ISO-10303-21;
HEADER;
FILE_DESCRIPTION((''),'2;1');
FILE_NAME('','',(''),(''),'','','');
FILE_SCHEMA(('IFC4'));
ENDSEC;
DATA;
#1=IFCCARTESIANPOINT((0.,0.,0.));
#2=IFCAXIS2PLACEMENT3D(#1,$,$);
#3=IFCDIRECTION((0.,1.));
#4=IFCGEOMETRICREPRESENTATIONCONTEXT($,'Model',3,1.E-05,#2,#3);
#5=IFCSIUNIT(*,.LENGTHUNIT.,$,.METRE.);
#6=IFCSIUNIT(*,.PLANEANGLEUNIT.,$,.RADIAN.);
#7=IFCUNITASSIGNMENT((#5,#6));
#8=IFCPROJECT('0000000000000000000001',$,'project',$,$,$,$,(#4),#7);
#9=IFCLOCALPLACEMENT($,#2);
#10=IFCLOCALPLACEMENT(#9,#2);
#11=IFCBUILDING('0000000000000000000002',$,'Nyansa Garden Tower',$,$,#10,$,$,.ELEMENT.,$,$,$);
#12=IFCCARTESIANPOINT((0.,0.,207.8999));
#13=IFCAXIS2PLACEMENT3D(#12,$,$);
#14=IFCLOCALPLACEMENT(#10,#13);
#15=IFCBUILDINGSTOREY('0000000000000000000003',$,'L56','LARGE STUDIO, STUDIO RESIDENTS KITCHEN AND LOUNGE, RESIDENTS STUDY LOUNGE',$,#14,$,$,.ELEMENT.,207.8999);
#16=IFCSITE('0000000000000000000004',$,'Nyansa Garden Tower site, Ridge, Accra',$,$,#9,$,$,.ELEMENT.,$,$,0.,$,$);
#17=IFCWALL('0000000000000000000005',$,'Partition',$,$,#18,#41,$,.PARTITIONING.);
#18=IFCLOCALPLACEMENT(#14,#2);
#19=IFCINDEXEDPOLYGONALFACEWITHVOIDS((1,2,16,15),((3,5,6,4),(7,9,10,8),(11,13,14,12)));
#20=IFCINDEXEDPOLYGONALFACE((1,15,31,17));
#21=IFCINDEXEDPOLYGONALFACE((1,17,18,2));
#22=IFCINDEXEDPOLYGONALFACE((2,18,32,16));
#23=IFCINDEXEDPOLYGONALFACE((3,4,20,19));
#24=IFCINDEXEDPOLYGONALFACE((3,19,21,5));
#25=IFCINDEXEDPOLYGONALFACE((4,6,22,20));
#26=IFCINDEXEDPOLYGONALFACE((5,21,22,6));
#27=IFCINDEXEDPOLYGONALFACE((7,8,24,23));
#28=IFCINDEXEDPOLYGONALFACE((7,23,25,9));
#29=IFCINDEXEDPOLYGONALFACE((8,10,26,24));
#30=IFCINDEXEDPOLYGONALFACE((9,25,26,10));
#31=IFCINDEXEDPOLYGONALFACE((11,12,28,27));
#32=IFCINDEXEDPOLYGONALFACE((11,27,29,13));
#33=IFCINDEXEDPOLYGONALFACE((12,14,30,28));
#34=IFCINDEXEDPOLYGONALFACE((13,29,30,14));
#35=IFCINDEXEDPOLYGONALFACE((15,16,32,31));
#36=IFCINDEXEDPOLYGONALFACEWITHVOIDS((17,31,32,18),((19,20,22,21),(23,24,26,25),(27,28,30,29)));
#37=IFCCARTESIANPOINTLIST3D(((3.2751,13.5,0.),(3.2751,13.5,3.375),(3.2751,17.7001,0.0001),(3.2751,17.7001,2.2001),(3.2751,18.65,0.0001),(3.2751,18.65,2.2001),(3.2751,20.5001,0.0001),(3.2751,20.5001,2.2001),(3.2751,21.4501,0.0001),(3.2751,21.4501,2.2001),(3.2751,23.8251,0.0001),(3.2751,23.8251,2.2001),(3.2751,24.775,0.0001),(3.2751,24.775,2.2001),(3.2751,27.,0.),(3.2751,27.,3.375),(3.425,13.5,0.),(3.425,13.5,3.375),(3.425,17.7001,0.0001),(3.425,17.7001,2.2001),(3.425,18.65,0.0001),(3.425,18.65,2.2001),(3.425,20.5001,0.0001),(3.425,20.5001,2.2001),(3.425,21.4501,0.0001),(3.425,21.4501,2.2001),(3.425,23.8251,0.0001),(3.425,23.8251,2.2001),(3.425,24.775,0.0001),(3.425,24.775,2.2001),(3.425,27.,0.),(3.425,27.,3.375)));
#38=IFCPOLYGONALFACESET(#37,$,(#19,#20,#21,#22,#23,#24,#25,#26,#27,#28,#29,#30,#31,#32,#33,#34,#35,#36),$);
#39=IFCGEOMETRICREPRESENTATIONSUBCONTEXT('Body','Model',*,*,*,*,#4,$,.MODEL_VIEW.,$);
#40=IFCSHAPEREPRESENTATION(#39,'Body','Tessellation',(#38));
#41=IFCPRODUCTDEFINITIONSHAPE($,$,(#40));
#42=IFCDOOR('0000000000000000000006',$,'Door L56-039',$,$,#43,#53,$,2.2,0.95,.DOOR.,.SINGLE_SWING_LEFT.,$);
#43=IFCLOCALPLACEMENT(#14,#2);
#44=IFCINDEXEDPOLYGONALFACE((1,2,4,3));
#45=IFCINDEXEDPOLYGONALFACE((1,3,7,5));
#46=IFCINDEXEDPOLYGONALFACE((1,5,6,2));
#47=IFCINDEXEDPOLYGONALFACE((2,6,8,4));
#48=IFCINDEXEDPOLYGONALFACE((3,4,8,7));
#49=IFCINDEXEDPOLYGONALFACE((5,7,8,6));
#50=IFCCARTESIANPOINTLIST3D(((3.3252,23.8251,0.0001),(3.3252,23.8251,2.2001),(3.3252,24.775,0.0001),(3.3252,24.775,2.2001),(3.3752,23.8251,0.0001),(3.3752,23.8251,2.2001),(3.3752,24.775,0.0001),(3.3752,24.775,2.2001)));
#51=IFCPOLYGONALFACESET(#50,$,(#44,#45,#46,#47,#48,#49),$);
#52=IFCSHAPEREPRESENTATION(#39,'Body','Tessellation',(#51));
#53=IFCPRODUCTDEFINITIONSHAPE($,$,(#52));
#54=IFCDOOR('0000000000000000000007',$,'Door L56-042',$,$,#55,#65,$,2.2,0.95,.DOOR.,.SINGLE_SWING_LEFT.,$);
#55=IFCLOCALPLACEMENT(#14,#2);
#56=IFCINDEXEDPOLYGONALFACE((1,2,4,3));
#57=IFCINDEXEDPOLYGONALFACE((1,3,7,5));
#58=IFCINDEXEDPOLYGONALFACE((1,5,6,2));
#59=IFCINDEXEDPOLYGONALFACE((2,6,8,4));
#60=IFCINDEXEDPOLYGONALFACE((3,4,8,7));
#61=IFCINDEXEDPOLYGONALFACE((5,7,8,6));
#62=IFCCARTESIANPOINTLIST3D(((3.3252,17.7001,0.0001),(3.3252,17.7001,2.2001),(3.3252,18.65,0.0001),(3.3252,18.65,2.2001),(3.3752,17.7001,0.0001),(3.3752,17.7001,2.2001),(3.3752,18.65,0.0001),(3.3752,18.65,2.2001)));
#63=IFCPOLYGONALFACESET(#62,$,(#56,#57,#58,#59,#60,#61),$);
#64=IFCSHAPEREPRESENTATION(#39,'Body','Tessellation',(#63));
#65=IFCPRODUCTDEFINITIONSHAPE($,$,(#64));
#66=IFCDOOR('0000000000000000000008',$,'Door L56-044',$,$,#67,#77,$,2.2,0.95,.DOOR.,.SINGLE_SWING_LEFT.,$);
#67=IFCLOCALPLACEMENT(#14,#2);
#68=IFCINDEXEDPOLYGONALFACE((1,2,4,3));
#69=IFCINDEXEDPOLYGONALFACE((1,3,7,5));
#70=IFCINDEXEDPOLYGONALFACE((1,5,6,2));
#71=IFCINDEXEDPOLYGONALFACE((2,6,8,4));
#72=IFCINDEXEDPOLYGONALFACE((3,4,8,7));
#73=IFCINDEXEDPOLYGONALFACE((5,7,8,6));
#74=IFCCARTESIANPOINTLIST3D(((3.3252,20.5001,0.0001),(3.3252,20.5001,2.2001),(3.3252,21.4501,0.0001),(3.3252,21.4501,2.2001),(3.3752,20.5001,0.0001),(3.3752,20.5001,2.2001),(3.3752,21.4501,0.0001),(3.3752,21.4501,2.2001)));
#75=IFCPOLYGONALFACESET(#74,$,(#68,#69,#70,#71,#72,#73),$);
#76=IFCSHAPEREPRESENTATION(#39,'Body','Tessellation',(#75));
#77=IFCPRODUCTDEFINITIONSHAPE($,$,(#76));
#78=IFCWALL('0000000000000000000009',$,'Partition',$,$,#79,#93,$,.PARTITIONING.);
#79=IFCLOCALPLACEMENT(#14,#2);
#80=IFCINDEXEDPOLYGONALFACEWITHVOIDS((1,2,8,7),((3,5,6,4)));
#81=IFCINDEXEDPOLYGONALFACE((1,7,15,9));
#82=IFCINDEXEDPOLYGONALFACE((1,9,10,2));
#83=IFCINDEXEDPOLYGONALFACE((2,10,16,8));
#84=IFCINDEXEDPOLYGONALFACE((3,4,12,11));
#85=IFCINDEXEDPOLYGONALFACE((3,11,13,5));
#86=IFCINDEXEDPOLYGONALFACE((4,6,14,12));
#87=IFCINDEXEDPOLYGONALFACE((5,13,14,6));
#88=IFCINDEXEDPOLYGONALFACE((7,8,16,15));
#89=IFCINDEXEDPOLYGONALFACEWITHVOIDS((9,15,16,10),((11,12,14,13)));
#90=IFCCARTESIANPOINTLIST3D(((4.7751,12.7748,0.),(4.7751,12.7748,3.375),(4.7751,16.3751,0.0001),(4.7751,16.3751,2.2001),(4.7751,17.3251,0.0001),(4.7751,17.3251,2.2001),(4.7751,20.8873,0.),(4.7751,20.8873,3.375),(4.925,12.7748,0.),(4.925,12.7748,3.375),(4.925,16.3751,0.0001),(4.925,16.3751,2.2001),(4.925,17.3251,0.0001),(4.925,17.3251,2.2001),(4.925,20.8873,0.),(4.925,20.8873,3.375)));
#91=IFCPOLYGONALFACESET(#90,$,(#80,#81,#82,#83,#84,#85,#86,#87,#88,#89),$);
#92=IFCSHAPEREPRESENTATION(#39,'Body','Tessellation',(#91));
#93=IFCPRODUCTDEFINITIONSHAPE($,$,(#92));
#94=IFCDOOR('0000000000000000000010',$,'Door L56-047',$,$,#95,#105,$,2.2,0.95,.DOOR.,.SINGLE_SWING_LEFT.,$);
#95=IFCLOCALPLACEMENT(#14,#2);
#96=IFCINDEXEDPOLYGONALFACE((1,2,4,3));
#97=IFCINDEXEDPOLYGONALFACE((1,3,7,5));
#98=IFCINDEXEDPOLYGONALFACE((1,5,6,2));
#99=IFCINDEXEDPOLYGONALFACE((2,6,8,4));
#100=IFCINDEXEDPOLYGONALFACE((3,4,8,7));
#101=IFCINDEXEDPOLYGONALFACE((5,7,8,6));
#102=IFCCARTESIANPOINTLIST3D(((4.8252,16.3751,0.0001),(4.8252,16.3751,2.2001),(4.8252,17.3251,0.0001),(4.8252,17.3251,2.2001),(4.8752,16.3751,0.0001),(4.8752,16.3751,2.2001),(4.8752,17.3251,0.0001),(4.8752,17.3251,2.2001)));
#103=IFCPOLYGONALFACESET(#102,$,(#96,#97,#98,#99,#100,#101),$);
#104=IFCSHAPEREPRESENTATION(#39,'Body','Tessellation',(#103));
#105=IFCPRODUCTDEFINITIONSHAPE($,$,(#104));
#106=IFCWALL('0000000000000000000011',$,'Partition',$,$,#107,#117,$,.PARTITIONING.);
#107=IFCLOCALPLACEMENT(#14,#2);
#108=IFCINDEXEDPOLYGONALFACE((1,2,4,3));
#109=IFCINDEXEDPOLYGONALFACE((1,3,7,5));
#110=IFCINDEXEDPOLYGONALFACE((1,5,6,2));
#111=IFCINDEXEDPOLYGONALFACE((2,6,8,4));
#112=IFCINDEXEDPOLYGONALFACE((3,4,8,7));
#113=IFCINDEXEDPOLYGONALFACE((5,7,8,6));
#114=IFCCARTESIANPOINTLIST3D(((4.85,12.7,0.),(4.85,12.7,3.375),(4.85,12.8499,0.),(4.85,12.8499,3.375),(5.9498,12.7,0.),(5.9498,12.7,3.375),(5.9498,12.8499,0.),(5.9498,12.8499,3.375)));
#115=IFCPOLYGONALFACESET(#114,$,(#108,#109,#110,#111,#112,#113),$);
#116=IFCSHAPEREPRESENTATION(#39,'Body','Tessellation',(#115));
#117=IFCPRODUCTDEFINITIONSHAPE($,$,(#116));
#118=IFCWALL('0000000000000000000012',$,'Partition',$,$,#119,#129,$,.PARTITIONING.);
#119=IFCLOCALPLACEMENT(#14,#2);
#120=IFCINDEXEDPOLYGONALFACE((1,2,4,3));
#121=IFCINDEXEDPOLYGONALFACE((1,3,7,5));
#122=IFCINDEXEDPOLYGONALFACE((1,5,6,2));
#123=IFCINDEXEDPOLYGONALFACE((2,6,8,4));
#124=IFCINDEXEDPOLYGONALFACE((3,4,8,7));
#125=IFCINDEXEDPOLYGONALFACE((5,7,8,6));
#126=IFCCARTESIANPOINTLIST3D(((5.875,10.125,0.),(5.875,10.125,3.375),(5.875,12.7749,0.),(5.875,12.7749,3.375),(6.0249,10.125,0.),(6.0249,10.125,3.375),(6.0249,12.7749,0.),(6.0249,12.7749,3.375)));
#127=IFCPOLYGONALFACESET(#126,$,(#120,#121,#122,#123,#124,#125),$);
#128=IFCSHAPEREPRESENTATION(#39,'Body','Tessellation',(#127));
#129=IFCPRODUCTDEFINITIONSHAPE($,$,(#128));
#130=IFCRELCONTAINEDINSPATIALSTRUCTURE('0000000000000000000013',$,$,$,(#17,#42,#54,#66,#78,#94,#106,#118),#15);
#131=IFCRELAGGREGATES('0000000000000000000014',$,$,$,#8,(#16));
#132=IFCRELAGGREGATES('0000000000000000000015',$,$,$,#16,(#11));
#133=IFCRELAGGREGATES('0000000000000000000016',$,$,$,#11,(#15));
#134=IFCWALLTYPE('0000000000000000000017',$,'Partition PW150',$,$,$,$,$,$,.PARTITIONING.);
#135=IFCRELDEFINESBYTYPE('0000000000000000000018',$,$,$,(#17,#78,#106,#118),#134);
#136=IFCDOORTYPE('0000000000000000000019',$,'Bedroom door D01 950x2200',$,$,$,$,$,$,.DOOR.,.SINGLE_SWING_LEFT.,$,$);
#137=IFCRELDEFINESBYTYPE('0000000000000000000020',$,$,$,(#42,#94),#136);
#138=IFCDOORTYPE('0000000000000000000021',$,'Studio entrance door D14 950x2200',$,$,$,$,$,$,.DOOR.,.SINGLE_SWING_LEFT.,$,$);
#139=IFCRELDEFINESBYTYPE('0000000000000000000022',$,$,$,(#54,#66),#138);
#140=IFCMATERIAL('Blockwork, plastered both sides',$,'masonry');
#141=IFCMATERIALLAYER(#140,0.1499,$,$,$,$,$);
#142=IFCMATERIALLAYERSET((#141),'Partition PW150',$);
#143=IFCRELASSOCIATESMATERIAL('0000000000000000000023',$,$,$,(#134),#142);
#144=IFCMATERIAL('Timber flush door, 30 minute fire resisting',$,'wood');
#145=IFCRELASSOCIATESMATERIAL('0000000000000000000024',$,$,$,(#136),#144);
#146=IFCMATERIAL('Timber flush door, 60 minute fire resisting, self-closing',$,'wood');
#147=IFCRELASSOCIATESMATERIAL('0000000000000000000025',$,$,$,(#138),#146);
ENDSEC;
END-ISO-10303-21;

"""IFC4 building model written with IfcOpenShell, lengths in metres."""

from ifc_helpers import new_model, si_unit, direction, frame, frame_2d, origin, place, context, subcontext, project, spatial, rectangle, extrude, material, layer, layer_set, type_object, element, fill, save


model = new_model("IFC4")

# Units and contexts
model_context = context("Model", 3, precision=1e-05, world=origin(), true_north=direction((0.0, 1.0)))
body_context = subcontext(model_context, "Body", "Model", "MODEL_VIEW")
ifc_project = project(units=[si_unit("LENGTHUNIT", "METRE"), si_unit("PLANEANGLEUNIT", "RADIAN")], contexts=[model_context])

# Site, building, storey
site_placement = place(None, origin())
site = spatial("IfcSite", under=ifc_project, at=site_placement, Name="Nyansa Garden Tower site, Ridge, Accra", CompositionType="ELEMENT", RefElevation=0.0)
building_placement = place(site_placement, origin())
building = spatial("IfcBuilding", under=site, at=building_placement, Name="Nyansa Garden Tower", CompositionType="ELEMENT")
storey_placement = place(building_placement, frame((0.0, 0.0, 207.8999)))
storey = spatial("IfcBuildingStorey", under=building, at=storey_placement, Name="L56", Description="LARGE STUDIO, STUDIO RESIDENTS KITCHEN AND LOUNGE, RESIDENTS STUDY LOUNGE", CompositionType="ELEMENT", Elevation=207.8999)

# Wall, openings, doors
ifc_material_1 = material(Name="Blockwork, plastered both sides", Category="masonry")
ifc_layer = layer(ifc_material_1, 0.1499)
ifc_layer_set = layer_set([ifc_layer], Name="Partition PW150")
wall_type = type_object("IfcWallType", Name="Partition PW150", PredefinedType="PARTITIONING", material=ifc_layer_set)
wall_1_placement = place(storey_placement, frame((3.3501, 13.5, 0.0), z_axis=(0.0, 0.0, 1.0), x_axis=(0.0, 1.0, 0.0)))
wall_1 = element("IfcWall", 1, at=wall_1_placement, inside=storey, type_object=wall_type, Name="Partition", PredefinedType="PARTITIONING", context=body_context, shape_type="SweptSolid", body=[
    extrude(rectangle(XDim=13.5, YDim=0.1499, at=frame_2d((6.75, 0.0))), origin(), (0.0, 0.0, 1.0), 3.375),
])
opening_1_placement = place(wall_1_placement, frame((10.325, 0.0, 0.0)))
opening_1 = element("IfcOpeningElement", 2, at=opening_1_placement, cuts=wall_1, PredefinedType="OPENING", context=body_context, shape_type="SweptSolid", body=[
    extrude(rectangle(XDim=0.95, YDim=2.2, at=frame_2d((0.4751, 1.1001))), frame((0.0, 0.085, 0.0), z_axis=(0.0, -1.0, 0.0), x_axis=(1.0, 0.0, 0.0)), (0.0, 0.0, 1.0), 0.1699),
])
opening_2_placement = place(wall_1_placement, frame((4.2, 0.0, 0.0)))
opening_2 = element("IfcOpeningElement", 3, at=opening_2_placement, cuts=wall_1, PredefinedType="OPENING", context=body_context, shape_type="SweptSolid", body=[
    extrude(rectangle(XDim=0.95, YDim=2.2, at=frame_2d((0.4751, 1.1001))), frame((0.0, 0.085, 0.0), z_axis=(0.0, -1.0, 0.0), x_axis=(1.0, 0.0, 0.0)), (0.0, 0.0, 1.0), 0.1699),
])
opening_3_placement = place(wall_1_placement, frame((7.0, 0.0, 0.0)))
opening_3 = element("IfcOpeningElement", 4, at=opening_3_placement, cuts=wall_1, PredefinedType="OPENING", context=body_context, shape_type="SweptSolid", body=[
    extrude(rectangle(XDim=0.95, YDim=2.2, at=frame_2d((0.4751, 1.1001))), frame((0.0, 0.085, 0.0), z_axis=(0.0, -1.0, 0.0), x_axis=(1.0, 0.0, 0.0)), (0.0, 0.0, 1.0), 0.1699),
])
ifc_material_2 = material(Name="Timber flush door, 30 minute fire resisting", Category="wood")
door_type_1 = type_object("IfcDoorType", Name="Bedroom door D01 950x2200", OperationType="SINGLE_SWING_LEFT", PredefinedType="DOOR", material=ifc_material_2)
door_1_placement = place(opening_1_placement, origin())
door_1 = element("IfcDoor", 5, at=door_1_placement, inside=storey, type_object=door_type_1, Name="Door L56-039", OperationType="SINGLE_SWING_LEFT", OverallHeight=2.2, OverallWidth=0.95, PredefinedType="DOOR", context=body_context, shape_type="SweptSolid", body=[
    extrude(rectangle(XDim=0.95, YDim=2.2, at=frame_2d((0.4751, 1.1001))), frame((0.0, 0.0249, 0.0), z_axis=(0.0, -1.0, 0.0), x_axis=(1.0, 0.0, 0.0)), (0.0, 0.0, 1.0), 0.05),
])
fill(opening_1, door_1)
ifc_material_3 = material(Name="Timber flush door, 60 minute fire resisting, self-closing", Category="wood")
door_type_2 = type_object("IfcDoorType", Name="Studio entrance door D14 950x2200", OperationType="SINGLE_SWING_LEFT", PredefinedType="DOOR", material=ifc_material_3)
door_2_placement = place(opening_2_placement, origin())
door_2 = element("IfcDoor", 6, at=door_2_placement, inside=storey, type_object=door_type_2, Name="Door L56-042", OperationType="SINGLE_SWING_LEFT", OverallHeight=2.2, OverallWidth=0.95, PredefinedType="DOOR", context=body_context, shape_type="SweptSolid", body=[
    extrude(rectangle(XDim=0.95, YDim=2.2, at=frame_2d((0.4751, 1.1001))), frame((0.0, 0.0249, 0.0), z_axis=(0.0, -1.0, 0.0), x_axis=(1.0, 0.0, 0.0)), (0.0, 0.0, 1.0), 0.05),
])
fill(opening_2, door_2)
door_3_placement = place(opening_3_placement, origin())
door_3 = element("IfcDoor", 7, at=door_3_placement, inside=storey, type_object=door_type_2, Name="Door L56-044", OperationType="SINGLE_SWING_LEFT", OverallHeight=2.2, OverallWidth=0.95, PredefinedType="DOOR", context=body_context, shape_type="SweptSolid", body=[
    extrude(rectangle(XDim=0.95, YDim=2.2, at=frame_2d((0.4751, 1.1001))), frame((0.0, 0.0249, 0.0), z_axis=(0.0, -1.0, 0.0), x_axis=(1.0, 0.0, 0.0)), (0.0, 0.0, 1.0), 0.05),
])
fill(opening_3, door_3)

# Wall, opening, door
wall_2_placement = place(storey_placement, frame((4.8501, 12.7749, 0.0), z_axis=(0.0, 0.0, 1.0), x_axis=(0.0, 1.0, 0.0)))
wall_2 = element("IfcWall", 8, at=wall_2_placement, inside=storey, type_object=wall_type, Name="Partition", PredefinedType="PARTITIONING", context=body_context, shape_type="SweptSolid", body=[
    extrude(rectangle(XDim=8.1125, YDim=0.1499, at=frame_2d((4.0562, 0.0))), origin(), (0.0, 0.0, 1.0), 3.375),
])
opening_4_placement = place(wall_2_placement, frame((3.6001, 0.0, 0.0)))
opening_4 = element("IfcOpeningElement", 9, at=opening_4_placement, cuts=wall_2, PredefinedType="OPENING", context=body_context, shape_type="SweptSolid", body=[
    extrude(rectangle(XDim=0.95, YDim=2.2, at=frame_2d((0.4751, 1.1001))), frame((0.0, 0.085, 0.0), z_axis=(0.0, -1.0, 0.0), x_axis=(1.0, 0.0, 0.0)), (0.0, 0.0, 1.0), 0.1699),
])
door_4_placement = place(opening_4_placement, origin())
door_4 = element("IfcDoor", 10, at=door_4_placement, inside=storey, type_object=door_type_1, Name="Door L56-047", OperationType="SINGLE_SWING_LEFT", OverallHeight=2.2, OverallWidth=0.95, PredefinedType="DOOR", context=body_context, shape_type="SweptSolid", body=[
    extrude(rectangle(XDim=0.95, YDim=2.2, at=frame_2d((0.4751, 1.1001))), frame((0.0, 0.0249, 0.0), z_axis=(0.0, -1.0, 0.0), x_axis=(1.0, 0.0, 0.0)), (0.0, 0.0, 1.0), 0.05),
])
fill(opening_4, door_4)

# Walls
wall_3_placement = place(storey_placement, frame((4.8501, 12.7749, 0.0), z_axis=(0.0, 0.0, 1.0), x_axis=(1.0, 0.0, 0.0)))
element("IfcWall", 11, at=wall_3_placement, inside=storey, type_object=wall_type, Name="Partition", PredefinedType="PARTITIONING", context=body_context, shape_type="SweptSolid", body=[
    extrude(rectangle(XDim=1.0999, YDim=0.1499, at=frame_2d((0.5498, 0.0))), origin(), (0.0, 0.0, 1.0), 3.375),
])
wall_4_placement = place(storey_placement, frame((5.95, 10.125, 0.0), z_axis=(0.0, 0.0, 1.0), x_axis=(0.0, 1.0, 0.0)))
element("IfcWall", 12, at=wall_4_placement, inside=storey, type_object=wall_type, Name="Partition", PredefinedType="PARTITIONING", context=body_context, shape_type="SweptSolid", body=[
    extrude(rectangle(XDim=2.6499, YDim=0.1499, at=frame_2d((1.325, 0.0))), origin(), (0.0, 0.0, 1.0), 3.375),
])

save(model, "model.ifc")
